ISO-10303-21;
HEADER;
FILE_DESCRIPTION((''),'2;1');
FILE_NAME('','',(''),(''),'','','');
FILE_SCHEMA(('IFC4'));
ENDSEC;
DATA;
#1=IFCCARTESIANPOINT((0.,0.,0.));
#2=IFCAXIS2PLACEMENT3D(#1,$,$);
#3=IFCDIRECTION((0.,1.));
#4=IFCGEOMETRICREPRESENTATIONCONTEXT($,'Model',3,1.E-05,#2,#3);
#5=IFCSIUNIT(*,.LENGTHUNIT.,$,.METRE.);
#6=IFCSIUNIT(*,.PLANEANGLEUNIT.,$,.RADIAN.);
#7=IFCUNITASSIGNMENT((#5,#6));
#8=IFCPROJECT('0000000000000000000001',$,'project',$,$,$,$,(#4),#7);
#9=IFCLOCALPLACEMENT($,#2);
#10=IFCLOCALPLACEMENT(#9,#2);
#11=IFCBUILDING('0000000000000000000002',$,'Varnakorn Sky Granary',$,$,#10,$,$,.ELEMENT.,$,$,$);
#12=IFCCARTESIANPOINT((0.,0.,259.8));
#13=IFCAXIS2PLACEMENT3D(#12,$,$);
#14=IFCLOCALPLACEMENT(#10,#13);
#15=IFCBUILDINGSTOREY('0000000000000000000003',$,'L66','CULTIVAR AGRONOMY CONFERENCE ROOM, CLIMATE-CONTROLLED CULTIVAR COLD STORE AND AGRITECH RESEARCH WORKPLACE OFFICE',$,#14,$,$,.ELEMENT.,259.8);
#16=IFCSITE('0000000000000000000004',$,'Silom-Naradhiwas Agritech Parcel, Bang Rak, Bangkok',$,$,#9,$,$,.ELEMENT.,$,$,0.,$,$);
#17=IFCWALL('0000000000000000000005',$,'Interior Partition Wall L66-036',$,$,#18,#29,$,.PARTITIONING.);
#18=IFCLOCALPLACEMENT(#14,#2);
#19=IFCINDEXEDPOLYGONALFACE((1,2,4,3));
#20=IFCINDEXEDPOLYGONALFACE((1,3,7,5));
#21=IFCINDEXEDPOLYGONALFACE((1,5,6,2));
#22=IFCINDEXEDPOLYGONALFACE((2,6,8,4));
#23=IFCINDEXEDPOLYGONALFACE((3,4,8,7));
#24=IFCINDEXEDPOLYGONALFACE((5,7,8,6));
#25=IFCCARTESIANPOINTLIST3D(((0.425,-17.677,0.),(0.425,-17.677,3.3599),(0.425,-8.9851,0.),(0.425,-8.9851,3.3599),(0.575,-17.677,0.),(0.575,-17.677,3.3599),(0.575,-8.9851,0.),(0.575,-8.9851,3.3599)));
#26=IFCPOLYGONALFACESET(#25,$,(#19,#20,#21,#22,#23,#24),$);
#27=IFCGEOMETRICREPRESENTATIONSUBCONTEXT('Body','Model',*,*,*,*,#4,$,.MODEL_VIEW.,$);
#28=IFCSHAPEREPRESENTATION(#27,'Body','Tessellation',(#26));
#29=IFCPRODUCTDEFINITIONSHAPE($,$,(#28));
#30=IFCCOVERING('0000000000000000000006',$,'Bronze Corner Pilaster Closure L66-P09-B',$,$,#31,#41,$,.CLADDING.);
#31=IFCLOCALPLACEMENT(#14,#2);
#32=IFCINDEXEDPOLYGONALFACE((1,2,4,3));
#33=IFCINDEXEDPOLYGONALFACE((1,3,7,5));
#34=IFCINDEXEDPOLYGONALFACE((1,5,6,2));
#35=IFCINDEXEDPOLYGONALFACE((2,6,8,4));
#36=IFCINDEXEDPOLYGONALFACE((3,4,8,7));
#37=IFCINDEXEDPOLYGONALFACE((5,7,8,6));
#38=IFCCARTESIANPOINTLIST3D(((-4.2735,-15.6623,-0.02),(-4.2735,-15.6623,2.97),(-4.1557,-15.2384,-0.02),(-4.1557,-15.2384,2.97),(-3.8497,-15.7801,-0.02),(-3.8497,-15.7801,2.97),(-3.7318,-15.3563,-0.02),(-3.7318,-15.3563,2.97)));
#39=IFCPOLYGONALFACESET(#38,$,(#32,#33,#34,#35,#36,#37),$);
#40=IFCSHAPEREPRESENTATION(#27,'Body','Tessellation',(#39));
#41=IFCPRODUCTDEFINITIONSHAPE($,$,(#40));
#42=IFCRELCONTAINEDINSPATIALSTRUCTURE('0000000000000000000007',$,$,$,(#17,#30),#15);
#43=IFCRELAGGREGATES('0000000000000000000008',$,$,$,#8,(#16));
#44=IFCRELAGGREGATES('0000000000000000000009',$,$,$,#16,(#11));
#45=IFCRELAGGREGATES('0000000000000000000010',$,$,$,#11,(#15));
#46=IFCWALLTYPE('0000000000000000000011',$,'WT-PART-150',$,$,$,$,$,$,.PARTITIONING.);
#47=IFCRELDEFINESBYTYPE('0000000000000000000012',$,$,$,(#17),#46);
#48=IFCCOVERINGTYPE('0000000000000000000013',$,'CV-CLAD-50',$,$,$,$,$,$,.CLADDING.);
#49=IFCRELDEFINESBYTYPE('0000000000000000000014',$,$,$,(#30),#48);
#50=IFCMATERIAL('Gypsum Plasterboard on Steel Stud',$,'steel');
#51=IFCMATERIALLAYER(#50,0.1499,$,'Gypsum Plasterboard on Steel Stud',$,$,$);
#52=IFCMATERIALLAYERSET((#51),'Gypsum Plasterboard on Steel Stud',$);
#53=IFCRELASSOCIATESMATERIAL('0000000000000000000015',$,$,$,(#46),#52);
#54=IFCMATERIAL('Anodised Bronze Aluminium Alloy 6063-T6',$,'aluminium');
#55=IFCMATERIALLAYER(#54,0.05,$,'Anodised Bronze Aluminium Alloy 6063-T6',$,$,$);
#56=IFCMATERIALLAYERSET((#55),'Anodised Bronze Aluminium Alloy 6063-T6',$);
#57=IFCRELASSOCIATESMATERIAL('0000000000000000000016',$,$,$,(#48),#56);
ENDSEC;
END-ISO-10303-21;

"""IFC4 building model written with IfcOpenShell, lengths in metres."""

from ifc_helpers import new_model, si_unit, direction, frame, frame_2d, origin, origin_2d, place, context, subcontext, project, spatial, rectangle, extrude, source, transform, mapped, material, layer, layer_set, type_object, type_shapes, element, save


model = new_model("IFC4")

# Units and contexts
model_context = context("Model", 3, precision=1e-05, world=origin(), true_north=direction((0.0, 1.0)))
body_context = subcontext(model_context, "Body", "Model", "MODEL_VIEW")
ifc_project = project(units=[si_unit("LENGTHUNIT", "METRE"), si_unit("PLANEANGLEUNIT", "RADIAN")], contexts=[model_context])

# Site, building, storey
site_placement = place(None, origin())
site = spatial("IfcSite", under=ifc_project, at=site_placement, Name="Silom-Naradhiwas Agritech Parcel, Bang Rak, Bangkok", CompositionType="ELEMENT", RefElevation=0.0)
building_placement = place(site_placement, origin())
building = spatial("IfcBuilding", under=site, at=building_placement, Name="Varnakorn Sky Granary", CompositionType="ELEMENT")
storey_placement = place(building_placement, frame((0.0, 0.0, 259.8)))
storey = spatial("IfcBuildingStorey", under=building, at=storey_placement, Name="L66", Description="CULTIVAR AGRONOMY CONFERENCE ROOM, CLIMATE-CONTROLLED CULTIVAR COLD STORE AND AGRITECH RESEARCH WORKPLACE OFFICE", CompositionType="ELEMENT", Elevation=259.8)

# Shared definitions
ifc_material_1 = material(Name="Anodised Bronze Aluminium Alloy 6063-T6", Category="aluminium")

# Shared definitions
ifc_material_2 = material(Name="Gypsum Plasterboard on Steel Stud", Category="steel")
ifc_layer_1 = layer(ifc_material_2, 0.1499, Name="Gypsum Plasterboard on Steel Stud")
ifc_layer_set_1 = layer_set([ifc_layer_1], Name="Gypsum Plasterboard on Steel Stud")
wall_type = type_object("IfcWallType", Name="WT-PART-150", PredefinedType="PARTITIONING", material=ifc_layer_set_1)

# Wall
wall_1_placement = place(storey_placement, frame((0.5, -8.9851, 0.0), z_axis=(0.0, 0.0, 1.0), x_axis=(0.0, -1.0, 0.0)))
element("IfcWall", 1, at=wall_1_placement, inside=storey, type_object=wall_type, Name="Interior Partition Wall L66-036", PredefinedType="PARTITIONING", context=body_context, shape_type="SweptSolid", body=[
    extrude(rectangle(XDim=8.6919, YDim=0.1499, at=frame_2d((4.3459, 0.0))), origin(), (0.0, 0.0, 1.0), 3.3599),
])

# Covering
ifc_layer_2 = layer(ifc_material_1, 0.05, Name="Anodised Bronze Aluminium Alloy 6063-T6")
ifc_layer_set_2 = layer_set([ifc_layer_2], Name="Anodised Bronze Aluminium Alloy 6063-T6")
covering_type = type_object("IfcCoveringType", Name="CV-CLAD-50", PredefinedType="CLADDING", material=ifc_layer_set_2)
shared_shape_1 = source(origin(), body_context, "Body", "SweptSolid", [
    extrude(rectangle(XDim=0.4399, YDim=0.4399, at=origin_2d()), origin(), (0.0, 0.0, 1.0), 2.99),
])
type_shapes(covering_type, [shared_shape_1])
covering_placement = place(storey_placement, frame((-4.0027, -15.5093, -0.02), z_axis=(0.0, 0.0, 1.0), x_axis=(-0.963444, 0.267911, 0.0)))
element("IfcCovering", 2, at=covering_placement, inside=storey, type_object=covering_type, Name="Bronze Corner Pilaster Closure L66-P09-B", PredefinedType="CLADDING", context=body_context, shape_type="MappedRepresentation", body=[
    mapped(shared_shape_1, transform((0.0, 0.0, 0.0), x_axis=(1.0, 0.0, 0.0), y_axis=(0.0, 1.0, 0.0), z_axis=(0.0, 0.0, 1.0), scale=1.0)),
])

save(model, "model.ifc")
